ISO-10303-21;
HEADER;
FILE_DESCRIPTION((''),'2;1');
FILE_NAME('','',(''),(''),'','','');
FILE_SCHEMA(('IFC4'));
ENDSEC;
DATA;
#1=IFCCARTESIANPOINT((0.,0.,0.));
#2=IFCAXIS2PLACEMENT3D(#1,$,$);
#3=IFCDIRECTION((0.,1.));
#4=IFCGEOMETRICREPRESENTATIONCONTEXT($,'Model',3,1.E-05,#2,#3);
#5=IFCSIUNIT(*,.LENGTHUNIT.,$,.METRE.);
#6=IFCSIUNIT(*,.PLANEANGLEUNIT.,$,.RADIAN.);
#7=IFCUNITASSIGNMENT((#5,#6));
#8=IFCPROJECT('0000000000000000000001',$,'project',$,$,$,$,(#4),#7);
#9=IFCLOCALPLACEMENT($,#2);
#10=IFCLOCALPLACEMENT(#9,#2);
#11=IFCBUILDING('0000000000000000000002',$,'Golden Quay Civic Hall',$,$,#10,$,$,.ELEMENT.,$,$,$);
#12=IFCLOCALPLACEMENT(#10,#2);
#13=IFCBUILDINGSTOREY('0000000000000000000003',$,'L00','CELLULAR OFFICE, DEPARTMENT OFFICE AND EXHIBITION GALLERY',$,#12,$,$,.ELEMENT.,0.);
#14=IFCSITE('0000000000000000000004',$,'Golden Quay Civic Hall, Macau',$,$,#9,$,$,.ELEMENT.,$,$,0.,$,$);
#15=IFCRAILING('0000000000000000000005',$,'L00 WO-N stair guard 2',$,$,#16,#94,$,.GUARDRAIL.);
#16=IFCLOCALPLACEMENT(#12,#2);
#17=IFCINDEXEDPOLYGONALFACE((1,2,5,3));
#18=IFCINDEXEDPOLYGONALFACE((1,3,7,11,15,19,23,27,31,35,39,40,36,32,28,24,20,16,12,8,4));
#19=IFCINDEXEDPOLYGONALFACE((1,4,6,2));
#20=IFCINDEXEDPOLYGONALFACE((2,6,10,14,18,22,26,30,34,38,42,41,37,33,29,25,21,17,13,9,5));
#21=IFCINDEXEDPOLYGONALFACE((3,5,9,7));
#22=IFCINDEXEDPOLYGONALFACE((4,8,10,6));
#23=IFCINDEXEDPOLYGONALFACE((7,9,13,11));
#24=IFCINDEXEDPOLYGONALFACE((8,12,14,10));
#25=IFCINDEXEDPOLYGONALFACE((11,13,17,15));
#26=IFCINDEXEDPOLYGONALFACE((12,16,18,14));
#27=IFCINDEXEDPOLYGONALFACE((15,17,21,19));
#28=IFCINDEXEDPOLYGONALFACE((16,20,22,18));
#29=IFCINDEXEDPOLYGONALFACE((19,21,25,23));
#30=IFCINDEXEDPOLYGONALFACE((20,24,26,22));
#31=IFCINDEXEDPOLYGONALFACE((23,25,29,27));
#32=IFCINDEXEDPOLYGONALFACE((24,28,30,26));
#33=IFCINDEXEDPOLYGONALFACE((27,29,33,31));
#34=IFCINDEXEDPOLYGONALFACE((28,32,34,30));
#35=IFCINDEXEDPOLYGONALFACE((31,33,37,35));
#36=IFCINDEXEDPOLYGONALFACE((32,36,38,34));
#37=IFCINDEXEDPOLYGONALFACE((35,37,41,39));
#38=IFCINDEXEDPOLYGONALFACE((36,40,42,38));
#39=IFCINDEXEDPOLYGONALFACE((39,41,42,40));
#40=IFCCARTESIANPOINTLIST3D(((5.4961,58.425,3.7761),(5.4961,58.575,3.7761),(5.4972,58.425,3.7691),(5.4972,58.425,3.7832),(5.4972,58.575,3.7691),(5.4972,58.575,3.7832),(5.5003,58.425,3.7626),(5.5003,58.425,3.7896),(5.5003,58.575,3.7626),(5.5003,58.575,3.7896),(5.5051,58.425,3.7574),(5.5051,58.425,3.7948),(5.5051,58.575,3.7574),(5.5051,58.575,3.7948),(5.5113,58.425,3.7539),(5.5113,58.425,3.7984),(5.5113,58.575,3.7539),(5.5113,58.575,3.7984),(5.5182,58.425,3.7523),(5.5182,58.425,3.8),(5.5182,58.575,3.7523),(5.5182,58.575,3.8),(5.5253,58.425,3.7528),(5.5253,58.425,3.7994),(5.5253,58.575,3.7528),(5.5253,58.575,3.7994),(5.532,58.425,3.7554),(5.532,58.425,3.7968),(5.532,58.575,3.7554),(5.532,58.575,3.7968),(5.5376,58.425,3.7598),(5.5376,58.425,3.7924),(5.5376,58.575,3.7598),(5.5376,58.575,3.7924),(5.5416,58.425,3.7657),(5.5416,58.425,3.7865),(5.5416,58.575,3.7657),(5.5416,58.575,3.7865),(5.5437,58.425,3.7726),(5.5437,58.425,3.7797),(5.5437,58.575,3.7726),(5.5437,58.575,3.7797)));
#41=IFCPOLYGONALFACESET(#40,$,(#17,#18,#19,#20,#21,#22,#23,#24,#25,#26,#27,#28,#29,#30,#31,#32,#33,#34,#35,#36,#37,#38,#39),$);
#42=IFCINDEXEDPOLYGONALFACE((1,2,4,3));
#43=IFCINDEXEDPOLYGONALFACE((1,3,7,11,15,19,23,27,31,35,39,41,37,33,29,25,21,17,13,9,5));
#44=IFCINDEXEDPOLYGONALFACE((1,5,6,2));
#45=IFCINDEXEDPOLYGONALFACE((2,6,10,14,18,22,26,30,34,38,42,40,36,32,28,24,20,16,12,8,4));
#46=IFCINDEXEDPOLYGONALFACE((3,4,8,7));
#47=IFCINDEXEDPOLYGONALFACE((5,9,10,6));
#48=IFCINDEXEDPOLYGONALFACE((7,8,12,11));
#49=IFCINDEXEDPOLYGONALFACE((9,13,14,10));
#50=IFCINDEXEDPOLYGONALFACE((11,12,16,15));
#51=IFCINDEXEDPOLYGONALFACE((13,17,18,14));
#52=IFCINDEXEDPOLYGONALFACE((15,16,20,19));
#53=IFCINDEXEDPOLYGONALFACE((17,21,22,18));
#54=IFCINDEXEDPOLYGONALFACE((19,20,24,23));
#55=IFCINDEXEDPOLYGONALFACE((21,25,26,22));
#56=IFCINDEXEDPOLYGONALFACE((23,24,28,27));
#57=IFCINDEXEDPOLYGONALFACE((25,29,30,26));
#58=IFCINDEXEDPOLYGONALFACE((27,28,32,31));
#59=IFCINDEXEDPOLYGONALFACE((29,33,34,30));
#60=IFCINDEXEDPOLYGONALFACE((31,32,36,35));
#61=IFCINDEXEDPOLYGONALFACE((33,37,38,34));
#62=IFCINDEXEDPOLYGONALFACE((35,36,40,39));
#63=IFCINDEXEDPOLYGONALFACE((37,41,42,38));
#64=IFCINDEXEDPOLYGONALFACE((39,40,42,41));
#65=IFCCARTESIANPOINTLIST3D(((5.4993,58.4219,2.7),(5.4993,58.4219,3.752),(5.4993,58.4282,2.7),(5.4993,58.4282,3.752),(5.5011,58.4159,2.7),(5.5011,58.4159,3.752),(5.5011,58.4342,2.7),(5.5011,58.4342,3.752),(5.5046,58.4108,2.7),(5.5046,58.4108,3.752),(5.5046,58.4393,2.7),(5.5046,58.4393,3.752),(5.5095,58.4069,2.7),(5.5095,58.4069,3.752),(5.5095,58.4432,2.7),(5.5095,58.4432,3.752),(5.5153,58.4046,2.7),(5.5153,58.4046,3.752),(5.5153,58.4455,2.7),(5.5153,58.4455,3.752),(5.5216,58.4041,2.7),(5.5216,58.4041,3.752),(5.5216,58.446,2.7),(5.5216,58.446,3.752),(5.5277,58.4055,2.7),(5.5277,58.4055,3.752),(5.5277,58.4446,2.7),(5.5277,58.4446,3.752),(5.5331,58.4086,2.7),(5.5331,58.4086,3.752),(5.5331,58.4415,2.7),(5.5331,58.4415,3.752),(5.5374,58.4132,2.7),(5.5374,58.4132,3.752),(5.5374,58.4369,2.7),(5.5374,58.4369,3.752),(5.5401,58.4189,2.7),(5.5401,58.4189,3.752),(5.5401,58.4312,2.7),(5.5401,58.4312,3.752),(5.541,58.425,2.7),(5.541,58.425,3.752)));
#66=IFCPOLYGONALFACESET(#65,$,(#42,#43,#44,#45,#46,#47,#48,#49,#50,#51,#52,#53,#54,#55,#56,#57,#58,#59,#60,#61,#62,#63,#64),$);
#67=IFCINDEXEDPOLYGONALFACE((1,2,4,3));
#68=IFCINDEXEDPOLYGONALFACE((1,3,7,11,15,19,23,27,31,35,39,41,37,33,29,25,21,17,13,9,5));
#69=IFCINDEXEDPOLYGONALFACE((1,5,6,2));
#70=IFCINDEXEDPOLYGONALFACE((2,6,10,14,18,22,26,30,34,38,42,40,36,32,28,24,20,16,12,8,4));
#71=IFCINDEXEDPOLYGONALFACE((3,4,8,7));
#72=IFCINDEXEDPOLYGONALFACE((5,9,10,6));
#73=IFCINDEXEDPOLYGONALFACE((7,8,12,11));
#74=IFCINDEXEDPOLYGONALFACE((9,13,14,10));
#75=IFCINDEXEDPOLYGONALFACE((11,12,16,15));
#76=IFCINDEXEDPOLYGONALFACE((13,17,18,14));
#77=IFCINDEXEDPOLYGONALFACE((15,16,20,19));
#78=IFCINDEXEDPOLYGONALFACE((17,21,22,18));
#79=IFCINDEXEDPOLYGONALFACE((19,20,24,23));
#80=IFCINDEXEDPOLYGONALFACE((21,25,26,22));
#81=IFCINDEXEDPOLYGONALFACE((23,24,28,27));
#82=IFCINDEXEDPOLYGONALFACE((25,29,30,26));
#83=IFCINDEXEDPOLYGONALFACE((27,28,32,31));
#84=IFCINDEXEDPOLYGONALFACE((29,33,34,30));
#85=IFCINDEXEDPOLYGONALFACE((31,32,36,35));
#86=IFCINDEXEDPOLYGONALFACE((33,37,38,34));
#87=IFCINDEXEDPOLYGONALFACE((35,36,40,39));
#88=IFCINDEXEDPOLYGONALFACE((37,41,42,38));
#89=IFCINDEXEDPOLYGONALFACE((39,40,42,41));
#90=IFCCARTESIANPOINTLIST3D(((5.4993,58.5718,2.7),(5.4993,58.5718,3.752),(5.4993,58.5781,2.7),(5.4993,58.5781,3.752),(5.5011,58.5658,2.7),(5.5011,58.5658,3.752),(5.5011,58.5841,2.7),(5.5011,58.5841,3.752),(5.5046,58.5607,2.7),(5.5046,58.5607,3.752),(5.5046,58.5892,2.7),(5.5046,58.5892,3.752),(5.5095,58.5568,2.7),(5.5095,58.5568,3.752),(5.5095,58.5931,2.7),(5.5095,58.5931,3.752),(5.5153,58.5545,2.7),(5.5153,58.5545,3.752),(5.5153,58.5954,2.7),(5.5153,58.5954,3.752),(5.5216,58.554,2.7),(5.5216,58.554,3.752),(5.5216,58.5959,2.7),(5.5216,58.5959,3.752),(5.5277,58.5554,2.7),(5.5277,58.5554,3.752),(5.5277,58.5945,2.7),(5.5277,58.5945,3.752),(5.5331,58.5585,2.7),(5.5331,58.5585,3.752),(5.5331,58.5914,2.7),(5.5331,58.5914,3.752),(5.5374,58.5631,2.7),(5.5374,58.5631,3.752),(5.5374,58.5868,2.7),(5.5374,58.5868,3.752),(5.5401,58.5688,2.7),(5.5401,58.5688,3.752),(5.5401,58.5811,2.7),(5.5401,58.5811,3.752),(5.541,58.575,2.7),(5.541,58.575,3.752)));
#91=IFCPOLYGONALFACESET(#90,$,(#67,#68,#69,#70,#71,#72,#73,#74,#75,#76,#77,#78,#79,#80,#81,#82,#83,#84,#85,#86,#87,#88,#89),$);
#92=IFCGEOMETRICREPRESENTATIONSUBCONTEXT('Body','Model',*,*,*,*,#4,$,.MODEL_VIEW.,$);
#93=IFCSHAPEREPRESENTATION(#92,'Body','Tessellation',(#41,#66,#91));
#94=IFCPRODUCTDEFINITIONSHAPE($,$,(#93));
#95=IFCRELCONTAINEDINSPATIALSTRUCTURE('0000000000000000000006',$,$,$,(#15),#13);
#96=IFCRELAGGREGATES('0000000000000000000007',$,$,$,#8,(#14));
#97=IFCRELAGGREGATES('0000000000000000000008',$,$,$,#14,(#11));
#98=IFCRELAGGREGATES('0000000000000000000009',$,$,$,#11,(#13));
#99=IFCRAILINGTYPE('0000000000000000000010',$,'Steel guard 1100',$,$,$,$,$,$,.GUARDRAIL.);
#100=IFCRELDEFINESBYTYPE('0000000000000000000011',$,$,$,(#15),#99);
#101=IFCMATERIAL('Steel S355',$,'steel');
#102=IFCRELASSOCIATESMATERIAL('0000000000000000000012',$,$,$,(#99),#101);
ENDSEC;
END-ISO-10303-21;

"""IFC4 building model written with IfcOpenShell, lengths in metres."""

from ifc_helpers import new_model, si_unit, direction, frame, origin, origin_2d, place, context, subcontext, project, spatial, circle, extrude, material, type_object, element, save


model = new_model("IFC4")

# Units and contexts
model_context = context("Model", 3, precision=1e-05, world=origin(), true_north=direction((0.0, 1.0)))
body_context = subcontext(model_context, "Body", "Model", "MODEL_VIEW")
ifc_project = project(units=[si_unit("LENGTHUNIT", "METRE"), si_unit("PLANEANGLEUNIT", "RADIAN")], contexts=[model_context])

# Site, building, storey
site_placement = place(None, origin())
site = spatial("IfcSite", under=ifc_project, at=site_placement, Name="Golden Quay Civic Hall, Macau", CompositionType="ELEMENT", RefElevation=0.0)
building_placement = place(site_placement, origin())
building = spatial("IfcBuilding", under=site, at=building_placement, Name="Golden Quay Civic Hall", CompositionType="ELEMENT")
storey_placement = place(building_placement, origin())
storey = spatial("IfcBuildingStorey", under=building, at=storey_placement, Name="L00", Description="CELLULAR OFFICE, DEPARTMENT OFFICE AND EXHIBITION GALLERY", CompositionType="ELEMENT", Elevation=0.0)

# Railing
ifc_material_1 = material(Name="Steel S355", Category="steel")
railing_type_1 = type_object("IfcRailingType", Name="Steel guard 1100", PredefinedType="GUARDRAIL", material=ifc_material_1)
railing_1_placement = place(storey_placement, frame((5.52, 58.425, 2.7)))
element("IfcRailing", 1, at=railing_1_placement, inside=storey, type_object=railing_type_1, Name="L00 WO-N stair guard 2", PredefinedType="GUARDRAIL", context=body_context, shape_type="SweptSolid", body=[
    extrude(circle(Radius=0.0239, at=origin_2d()), frame((0.0, 0.0, 1.0762), z_axis=(0.0, 1.0, 0.0), x_axis=(-1.0, 0.0, 0.0)), (0.0, 0.0, 1.0), 0.1499),
    extrude(circle(Radius=0.021, at=origin_2d()), origin(), (0.0, 0.0, 1.0), 1.052),
    extrude(circle(Radius=0.021, at=origin_2d()), frame((0.0, 0.1499, 0.0)), (0.0, 0.0, 1.0), 1.052),
])

save(model, "model.ifc")
